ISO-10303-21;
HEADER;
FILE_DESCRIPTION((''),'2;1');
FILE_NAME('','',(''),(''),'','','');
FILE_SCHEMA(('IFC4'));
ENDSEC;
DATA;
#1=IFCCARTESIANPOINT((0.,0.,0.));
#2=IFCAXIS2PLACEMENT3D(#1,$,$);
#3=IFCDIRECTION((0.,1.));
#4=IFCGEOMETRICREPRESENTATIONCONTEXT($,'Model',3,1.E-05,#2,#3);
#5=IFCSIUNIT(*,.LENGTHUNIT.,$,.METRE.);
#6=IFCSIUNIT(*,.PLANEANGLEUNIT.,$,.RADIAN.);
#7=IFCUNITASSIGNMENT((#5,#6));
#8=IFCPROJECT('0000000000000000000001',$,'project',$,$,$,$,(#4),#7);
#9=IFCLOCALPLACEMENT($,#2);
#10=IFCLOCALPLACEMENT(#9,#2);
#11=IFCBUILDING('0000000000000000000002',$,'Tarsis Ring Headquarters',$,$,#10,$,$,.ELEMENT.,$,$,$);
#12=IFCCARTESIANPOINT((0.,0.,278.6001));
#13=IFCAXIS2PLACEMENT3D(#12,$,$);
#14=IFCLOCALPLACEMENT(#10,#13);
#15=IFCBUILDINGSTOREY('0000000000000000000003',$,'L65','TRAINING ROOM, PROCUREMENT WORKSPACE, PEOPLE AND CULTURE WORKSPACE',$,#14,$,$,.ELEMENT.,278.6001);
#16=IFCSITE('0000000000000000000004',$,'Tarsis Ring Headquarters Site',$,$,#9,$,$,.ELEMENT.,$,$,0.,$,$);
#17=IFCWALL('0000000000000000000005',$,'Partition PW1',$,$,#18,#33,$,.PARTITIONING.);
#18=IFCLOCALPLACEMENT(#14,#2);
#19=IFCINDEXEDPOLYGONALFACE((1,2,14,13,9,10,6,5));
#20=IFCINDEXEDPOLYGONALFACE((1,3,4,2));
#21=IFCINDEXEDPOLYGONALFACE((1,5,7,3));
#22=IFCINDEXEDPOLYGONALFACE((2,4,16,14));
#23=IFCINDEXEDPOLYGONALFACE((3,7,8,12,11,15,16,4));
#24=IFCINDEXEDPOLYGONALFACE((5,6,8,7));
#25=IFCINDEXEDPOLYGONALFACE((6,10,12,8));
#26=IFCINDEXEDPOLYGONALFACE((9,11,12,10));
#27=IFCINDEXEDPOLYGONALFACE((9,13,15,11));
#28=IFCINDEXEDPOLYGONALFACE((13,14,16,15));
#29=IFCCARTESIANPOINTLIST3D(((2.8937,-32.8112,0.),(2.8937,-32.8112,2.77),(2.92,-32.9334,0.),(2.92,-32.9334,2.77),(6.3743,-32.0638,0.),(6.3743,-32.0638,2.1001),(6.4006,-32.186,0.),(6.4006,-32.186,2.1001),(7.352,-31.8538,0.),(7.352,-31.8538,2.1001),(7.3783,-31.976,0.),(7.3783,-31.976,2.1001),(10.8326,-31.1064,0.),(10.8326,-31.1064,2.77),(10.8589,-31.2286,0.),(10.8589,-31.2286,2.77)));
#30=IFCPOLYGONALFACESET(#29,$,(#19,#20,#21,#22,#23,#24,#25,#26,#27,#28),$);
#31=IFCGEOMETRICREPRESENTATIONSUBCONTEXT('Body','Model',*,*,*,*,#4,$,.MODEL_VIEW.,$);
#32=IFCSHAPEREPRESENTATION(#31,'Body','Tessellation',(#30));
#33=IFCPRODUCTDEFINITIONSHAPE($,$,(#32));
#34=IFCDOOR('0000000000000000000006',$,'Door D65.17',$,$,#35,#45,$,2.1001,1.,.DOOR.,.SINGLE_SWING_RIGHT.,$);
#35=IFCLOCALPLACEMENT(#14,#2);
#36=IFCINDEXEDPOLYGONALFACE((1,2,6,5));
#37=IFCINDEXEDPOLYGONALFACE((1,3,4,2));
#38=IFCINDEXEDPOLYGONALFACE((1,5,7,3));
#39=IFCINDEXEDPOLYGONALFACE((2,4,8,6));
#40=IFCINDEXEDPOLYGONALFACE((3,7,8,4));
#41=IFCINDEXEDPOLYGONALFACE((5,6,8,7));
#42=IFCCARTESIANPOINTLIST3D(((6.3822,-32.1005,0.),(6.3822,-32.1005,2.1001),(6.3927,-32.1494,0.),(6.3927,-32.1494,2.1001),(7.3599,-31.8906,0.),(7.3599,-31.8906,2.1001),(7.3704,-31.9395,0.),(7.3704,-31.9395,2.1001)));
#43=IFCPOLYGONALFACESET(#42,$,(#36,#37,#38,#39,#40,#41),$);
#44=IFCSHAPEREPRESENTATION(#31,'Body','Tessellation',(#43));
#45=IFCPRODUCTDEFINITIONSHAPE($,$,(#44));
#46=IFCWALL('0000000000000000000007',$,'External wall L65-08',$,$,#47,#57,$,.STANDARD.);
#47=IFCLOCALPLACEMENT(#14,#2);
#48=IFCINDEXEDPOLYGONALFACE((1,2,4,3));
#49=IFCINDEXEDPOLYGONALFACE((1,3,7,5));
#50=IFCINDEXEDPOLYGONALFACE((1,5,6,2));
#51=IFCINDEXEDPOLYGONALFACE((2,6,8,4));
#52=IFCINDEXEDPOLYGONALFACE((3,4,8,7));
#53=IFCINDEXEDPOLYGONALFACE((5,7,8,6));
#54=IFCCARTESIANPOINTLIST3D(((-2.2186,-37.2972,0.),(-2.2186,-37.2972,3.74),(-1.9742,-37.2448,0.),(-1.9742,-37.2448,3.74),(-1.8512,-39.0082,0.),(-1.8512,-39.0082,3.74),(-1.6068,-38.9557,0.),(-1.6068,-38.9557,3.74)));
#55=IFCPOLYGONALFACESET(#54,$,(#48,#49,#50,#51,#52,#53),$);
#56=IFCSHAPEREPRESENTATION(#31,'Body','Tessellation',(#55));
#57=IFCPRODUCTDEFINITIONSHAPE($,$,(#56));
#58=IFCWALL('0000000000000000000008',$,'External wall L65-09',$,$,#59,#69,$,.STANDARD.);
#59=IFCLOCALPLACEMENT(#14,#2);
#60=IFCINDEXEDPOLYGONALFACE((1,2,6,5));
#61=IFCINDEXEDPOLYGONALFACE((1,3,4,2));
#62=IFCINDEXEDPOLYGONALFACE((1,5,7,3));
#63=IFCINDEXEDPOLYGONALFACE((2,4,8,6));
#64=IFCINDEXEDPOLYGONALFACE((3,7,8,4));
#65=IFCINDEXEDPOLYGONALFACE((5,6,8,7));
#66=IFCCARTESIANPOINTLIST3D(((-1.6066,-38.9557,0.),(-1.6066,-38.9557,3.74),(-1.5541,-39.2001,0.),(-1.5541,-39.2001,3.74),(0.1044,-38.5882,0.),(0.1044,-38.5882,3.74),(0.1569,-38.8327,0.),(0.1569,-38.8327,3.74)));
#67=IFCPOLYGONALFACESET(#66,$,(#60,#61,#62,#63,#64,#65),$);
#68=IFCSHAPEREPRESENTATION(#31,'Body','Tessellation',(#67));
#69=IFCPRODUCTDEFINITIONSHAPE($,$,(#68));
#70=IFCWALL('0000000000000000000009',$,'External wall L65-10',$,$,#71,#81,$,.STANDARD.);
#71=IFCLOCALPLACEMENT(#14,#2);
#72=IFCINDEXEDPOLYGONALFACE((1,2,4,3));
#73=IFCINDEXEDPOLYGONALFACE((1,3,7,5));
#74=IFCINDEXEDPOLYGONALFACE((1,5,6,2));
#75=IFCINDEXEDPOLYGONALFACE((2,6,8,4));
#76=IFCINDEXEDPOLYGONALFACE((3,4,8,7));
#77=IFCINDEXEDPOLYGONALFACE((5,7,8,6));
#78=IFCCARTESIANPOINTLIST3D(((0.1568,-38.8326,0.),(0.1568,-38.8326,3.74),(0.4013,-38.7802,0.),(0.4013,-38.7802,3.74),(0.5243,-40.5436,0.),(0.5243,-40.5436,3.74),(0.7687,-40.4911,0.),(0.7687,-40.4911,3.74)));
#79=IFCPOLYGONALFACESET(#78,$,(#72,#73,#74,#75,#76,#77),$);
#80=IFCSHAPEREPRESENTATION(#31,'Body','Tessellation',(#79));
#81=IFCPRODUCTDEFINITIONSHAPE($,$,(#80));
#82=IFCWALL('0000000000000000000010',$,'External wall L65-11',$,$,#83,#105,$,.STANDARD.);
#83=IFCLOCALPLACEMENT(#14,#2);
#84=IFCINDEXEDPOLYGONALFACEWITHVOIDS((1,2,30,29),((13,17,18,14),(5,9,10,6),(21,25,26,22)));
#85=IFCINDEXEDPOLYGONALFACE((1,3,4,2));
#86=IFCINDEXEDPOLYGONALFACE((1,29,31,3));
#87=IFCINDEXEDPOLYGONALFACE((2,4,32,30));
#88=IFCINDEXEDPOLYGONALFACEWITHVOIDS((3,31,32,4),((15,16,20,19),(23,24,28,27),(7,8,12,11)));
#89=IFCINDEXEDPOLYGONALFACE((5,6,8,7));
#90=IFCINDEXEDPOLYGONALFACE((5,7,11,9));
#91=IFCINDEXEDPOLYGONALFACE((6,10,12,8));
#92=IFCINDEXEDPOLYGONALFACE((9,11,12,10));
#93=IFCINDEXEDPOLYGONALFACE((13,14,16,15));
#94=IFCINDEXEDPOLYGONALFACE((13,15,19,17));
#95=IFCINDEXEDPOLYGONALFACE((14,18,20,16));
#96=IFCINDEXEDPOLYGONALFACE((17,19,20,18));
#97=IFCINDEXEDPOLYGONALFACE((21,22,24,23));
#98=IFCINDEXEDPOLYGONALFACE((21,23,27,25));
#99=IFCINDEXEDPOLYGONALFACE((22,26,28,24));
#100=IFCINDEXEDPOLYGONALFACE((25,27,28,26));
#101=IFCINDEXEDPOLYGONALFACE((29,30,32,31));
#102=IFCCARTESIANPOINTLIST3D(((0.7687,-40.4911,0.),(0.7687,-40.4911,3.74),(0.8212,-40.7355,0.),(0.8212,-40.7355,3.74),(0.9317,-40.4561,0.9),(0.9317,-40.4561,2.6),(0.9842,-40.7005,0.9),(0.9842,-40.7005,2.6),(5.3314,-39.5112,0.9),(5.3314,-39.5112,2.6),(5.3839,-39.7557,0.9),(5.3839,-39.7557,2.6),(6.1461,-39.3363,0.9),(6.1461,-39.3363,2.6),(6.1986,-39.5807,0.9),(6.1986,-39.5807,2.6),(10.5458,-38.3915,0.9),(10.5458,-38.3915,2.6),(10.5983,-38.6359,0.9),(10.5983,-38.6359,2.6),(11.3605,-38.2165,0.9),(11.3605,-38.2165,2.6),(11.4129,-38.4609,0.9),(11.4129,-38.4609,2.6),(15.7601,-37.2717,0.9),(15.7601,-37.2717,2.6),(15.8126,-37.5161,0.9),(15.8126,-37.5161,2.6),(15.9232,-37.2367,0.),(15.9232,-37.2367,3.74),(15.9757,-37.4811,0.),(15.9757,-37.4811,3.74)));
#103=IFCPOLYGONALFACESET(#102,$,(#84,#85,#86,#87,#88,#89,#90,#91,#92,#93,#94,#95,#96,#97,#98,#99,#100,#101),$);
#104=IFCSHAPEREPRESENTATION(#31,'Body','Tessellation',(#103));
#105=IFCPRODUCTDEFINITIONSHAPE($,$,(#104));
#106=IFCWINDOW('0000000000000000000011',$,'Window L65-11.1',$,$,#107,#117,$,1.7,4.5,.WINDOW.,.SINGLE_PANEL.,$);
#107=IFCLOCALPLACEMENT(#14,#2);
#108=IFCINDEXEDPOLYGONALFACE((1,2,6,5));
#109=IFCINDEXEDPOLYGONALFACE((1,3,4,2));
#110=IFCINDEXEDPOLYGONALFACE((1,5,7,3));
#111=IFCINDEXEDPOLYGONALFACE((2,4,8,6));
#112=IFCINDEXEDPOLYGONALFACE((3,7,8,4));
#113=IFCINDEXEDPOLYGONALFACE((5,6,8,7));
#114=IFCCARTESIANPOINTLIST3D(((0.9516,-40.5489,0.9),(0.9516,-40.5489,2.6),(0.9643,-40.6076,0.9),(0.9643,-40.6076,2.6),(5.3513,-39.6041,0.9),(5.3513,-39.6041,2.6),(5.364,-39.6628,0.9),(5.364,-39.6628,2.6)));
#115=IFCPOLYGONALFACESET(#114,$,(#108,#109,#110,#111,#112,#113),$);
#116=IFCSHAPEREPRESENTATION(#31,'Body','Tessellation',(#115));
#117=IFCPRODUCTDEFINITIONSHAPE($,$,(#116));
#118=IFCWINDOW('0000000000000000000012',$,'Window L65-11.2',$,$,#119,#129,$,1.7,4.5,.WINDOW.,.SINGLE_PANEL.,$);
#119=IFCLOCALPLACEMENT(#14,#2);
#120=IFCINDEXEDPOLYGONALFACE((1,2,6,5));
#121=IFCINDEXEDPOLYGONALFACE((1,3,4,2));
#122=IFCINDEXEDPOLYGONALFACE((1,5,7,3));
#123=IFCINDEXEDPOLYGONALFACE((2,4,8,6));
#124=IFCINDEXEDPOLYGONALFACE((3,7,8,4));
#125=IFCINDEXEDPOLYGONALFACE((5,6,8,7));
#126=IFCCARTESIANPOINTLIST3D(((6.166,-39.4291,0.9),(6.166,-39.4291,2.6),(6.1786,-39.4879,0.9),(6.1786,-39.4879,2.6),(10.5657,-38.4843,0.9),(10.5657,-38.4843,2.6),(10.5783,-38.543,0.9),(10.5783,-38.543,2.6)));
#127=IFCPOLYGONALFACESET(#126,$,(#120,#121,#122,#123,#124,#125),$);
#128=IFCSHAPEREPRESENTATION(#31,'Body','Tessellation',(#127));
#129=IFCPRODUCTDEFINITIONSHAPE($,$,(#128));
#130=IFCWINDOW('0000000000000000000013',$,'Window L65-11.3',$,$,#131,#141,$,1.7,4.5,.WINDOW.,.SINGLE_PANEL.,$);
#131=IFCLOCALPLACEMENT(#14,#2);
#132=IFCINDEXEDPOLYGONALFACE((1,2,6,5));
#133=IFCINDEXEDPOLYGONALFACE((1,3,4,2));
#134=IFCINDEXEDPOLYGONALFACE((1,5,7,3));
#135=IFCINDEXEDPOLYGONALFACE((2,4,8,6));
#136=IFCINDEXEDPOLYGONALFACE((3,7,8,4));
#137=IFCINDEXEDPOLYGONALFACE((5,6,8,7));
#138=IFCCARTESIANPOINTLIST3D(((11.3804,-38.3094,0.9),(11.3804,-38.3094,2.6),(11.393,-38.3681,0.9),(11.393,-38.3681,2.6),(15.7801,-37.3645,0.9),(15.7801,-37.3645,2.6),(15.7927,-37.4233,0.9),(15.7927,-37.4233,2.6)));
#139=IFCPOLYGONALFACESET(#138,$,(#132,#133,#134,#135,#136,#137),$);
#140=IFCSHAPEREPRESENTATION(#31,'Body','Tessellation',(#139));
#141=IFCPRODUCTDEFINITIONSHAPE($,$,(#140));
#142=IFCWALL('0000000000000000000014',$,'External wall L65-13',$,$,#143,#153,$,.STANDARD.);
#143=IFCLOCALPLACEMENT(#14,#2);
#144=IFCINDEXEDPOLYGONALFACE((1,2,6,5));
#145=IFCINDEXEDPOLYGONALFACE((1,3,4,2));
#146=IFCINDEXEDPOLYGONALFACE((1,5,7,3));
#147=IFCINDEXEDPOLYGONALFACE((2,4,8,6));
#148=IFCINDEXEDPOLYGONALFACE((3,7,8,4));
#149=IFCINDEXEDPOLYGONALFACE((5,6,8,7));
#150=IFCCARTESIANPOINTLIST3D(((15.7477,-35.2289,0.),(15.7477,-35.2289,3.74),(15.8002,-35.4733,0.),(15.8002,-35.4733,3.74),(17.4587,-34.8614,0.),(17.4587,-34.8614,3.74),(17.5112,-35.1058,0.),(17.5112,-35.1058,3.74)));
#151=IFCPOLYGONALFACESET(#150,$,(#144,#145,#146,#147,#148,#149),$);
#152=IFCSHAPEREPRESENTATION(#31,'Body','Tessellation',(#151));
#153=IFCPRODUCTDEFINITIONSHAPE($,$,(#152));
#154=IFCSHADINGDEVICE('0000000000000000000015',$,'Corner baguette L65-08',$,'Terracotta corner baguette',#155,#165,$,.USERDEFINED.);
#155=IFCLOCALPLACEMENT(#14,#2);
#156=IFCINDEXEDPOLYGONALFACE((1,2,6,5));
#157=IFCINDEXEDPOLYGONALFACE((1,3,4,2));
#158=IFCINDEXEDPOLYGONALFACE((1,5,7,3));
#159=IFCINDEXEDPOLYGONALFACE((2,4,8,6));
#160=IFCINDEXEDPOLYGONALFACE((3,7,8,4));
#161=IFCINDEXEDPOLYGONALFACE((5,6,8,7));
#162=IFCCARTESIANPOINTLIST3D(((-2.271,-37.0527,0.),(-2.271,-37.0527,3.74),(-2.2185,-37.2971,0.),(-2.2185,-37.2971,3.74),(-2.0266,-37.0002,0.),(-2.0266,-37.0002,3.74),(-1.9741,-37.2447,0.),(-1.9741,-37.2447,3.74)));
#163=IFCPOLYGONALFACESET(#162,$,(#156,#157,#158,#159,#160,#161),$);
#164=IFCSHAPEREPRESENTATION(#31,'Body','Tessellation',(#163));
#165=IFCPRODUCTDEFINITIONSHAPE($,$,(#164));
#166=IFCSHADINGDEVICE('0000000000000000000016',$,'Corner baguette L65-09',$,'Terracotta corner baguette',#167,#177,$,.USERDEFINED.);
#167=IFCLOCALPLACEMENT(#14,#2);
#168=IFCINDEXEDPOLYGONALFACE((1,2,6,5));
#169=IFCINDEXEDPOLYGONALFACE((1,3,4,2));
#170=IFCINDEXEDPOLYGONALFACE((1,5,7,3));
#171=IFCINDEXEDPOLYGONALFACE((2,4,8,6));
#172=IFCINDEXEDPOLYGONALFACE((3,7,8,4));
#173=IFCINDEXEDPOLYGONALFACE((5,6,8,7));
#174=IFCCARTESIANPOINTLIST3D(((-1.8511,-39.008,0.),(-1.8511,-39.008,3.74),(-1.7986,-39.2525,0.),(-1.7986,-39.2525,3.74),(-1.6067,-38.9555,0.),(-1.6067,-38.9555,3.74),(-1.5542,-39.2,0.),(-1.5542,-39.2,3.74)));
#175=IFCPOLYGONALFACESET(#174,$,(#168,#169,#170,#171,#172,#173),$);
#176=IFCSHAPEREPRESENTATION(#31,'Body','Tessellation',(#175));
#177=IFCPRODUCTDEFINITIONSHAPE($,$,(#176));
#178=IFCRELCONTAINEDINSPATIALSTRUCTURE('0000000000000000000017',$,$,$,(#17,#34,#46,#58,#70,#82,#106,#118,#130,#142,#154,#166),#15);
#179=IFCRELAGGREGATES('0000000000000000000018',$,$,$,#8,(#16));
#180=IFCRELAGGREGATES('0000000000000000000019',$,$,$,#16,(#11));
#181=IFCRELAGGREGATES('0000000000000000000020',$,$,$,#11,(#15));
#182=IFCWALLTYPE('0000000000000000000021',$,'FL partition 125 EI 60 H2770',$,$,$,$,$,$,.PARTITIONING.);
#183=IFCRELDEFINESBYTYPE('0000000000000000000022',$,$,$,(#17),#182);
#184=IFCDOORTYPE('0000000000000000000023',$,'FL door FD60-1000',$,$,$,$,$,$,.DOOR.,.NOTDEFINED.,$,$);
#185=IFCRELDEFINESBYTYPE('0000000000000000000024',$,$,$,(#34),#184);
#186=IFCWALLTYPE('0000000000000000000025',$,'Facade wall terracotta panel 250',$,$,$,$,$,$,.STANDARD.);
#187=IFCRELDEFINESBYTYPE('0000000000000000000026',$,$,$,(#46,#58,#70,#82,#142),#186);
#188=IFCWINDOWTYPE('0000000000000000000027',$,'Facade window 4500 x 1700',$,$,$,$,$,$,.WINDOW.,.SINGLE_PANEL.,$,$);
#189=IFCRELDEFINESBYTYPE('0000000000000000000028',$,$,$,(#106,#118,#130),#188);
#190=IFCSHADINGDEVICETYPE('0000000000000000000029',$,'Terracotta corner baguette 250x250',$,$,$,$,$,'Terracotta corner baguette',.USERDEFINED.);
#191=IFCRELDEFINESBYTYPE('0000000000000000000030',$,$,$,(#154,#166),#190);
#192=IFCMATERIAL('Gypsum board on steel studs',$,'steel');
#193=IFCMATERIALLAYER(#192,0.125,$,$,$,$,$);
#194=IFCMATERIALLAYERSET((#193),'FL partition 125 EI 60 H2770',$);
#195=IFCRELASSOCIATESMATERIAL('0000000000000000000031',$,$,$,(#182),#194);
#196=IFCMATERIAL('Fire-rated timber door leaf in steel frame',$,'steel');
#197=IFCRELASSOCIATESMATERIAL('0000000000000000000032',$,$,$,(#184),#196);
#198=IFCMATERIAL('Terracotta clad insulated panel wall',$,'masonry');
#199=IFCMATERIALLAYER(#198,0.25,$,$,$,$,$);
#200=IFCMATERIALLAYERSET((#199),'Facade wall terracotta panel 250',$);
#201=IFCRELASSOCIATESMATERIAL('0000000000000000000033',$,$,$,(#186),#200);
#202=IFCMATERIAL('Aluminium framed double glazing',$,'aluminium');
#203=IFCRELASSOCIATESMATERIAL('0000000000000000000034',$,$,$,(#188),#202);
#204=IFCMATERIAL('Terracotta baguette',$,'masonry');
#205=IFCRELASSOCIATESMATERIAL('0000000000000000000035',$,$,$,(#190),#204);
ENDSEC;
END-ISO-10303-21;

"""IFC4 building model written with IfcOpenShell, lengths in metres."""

from ifc_helpers import new_model, si_unit, direction, frame, frame_2d, origin, origin_2d, place, context, subcontext, project, spatial, rectangle, extrude, material, layer, layer_set, type_object, element, fill, save


model = new_model("IFC4")

# Units and contexts
model_context = context("Model", 3, precision=1e-05, world=origin(), true_north=direction((0.0, 1.0)))
body_context = subcontext(model_context, "Body", "Model", "MODEL_VIEW")
ifc_project = project(units=[si_unit("LENGTHUNIT", "METRE"), si_unit("PLANEANGLEUNIT", "RADIAN")], contexts=[model_context])

# Site, building, storey
site_placement = place(None, origin())
site = spatial("IfcSite", under=ifc_project, at=site_placement, Name="Tarsis Ring Headquarters Site", CompositionType="ELEMENT", RefElevation=0.0)
building_placement = place(site_placement, origin())
building = spatial("IfcBuilding", under=site, at=building_placement, Name="Tarsis Ring Headquarters", CompositionType="ELEMENT")
storey_placement = place(building_placement, frame((0.0, 0.0, 278.6001)))
storey = spatial("IfcBuildingStorey", under=building, at=storey_placement, Name="L65", Description="TRAINING ROOM, PROCUREMENT WORKSPACE, PEOPLE AND CULTURE WORKSPACE", CompositionType="ELEMENT", Elevation=278.6001)

# Shared definitions
ifc_material_1 = material(Name="Gypsum board on steel studs", Category="steel")

# Shared definitions
ifc_layer_1 = layer(ifc_material_1, 0.125)
ifc_layer_set_1 = layer_set([ifc_layer_1], Name="FL partition 125 EI 60 H2770")
wall_type_1 = type_object("IfcWallType", Name="FL partition 125 EI 60 H2770", PredefinedType="PARTITIONING", material=ifc_layer_set_1)
ifc_material_2 = material(Name="Fire-rated timber door leaf in steel frame", Category="steel")
door_type = type_object("IfcDoorType", Name="FL door FD60-1000", OperationType="NOTDEFINED", PredefinedType="DOOR", material=ifc_material_2)

# Wall, opening, door
wall_1_placement = place(storey_placement, frame((2.9067, -32.8723, 0.0), z_axis=(0.0, 0.0, 1.0), x_axis=(0.977711, 0.209956, 0.0)))
wall_1 = element("IfcWall", 1, at=wall_1_placement, inside=storey, type_object=wall_type_1, Name="Partition PW1", PredefinedType="PARTITIONING", context=body_context, shape_type="SweptSolid", body=[
    extrude(rectangle(XDim=8.1199, YDim=0.125, at=frame_2d((4.0601, 0.0))), origin(), (0.0, 0.0, 1.0), 2.77),
])
opening_1_placement = place(wall_1_placement, frame((3.5601, 0.0, 0.0)))
opening_1 = element("IfcOpeningElement", 2, at=opening_1_placement, cuts=wall_1, PredefinedType="OPENING", context=body_context, shape_type="SweptSolid", body=[
    extrude(rectangle(XDim=1.0, YDim=2.1001, at=frame_2d((0.5, 1.05))), frame((0.0, 0.0725, 0.0), z_axis=(0.0, -1.0, 0.0), x_axis=(1.0, 0.0, 0.0)), (0.0, 0.0, 1.0), 0.145),
])
door_1_placement = place(opening_1_placement, origin())
door_1 = element("IfcDoor", 3, at=door_1_placement, inside=storey, type_object=door_type, Name="Door D65.17", OperationType="SINGLE_SWING_RIGHT", OverallHeight=2.1001, OverallWidth=1.0, PredefinedType="DOOR", context=body_context, shape_type="SweptSolid", body=[
    extrude(rectangle(XDim=1.0, YDim=2.1001, at=frame_2d((0.5, 1.05))), frame((0.0, 0.0249, 0.0), z_axis=(0.0, -1.0, 0.0), x_axis=(1.0, 0.0, 0.0)), (0.0, 0.0, 1.0), 0.05),
])
fill(opening_1, door_1)

# Walls
ifc_material_3 = material(Name="Terracotta clad insulated panel wall", Category="masonry")
ifc_layer_2 = layer(ifc_material_3, 0.25)
ifc_layer_set_2 = layer_set([ifc_layer_2], Name="Facade wall terracotta panel 250")
wall_type_2 = type_object("IfcWallType", Name="Facade wall terracotta panel 250", PredefinedType="STANDARD", material=ifc_layer_set_2)
for number, where, z_axis, x_axis, name in (
    (4, (-2.0964, -37.271, 0.0), (0.0, 0.0, 1.0), (0.209967, -0.977708, 0.0), "External wall L65-08"),
    (5, (-1.5803, -39.0779, 0.0), (0.0, 0.0, 1.0), (0.977708, 0.209967, 0.0), "External wall L65-09"),
    (6, (0.2791, -38.8064, 0.0), (0.0, 0.0, 1.0), (0.209967, -0.977708, 0.0), "External wall L65-10"),
):
    element("IfcWall", number, at=place(storey_placement, frame(where, z_axis=z_axis, x_axis=x_axis)), inside=storey, type_object=wall_type_2, Name=name, PredefinedType="STANDARD", context=body_context, shape_type="SweptSolid", body=[
        extrude(rectangle(XDim=1.75, YDim=0.25, at=frame_2d((0.875, 0.0))), origin(), (0.0, 0.0, 1.0), 3.74),
    ])

# Wall, openings, windows
wall_2_placement = place(storey_placement, frame((0.7949, -40.6133, 0.0), z_axis=(0.0, 0.0, 1.0), x_axis=(0.97771, 0.20996, 0.0)))
wall_2 = element("IfcWall", 7, at=wall_2_placement, inside=storey, type_object=wall_type_2, Name="External wall L65-11", PredefinedType="STANDARD", context=body_context, shape_type="SweptSolid", body=[
    extrude(rectangle(XDim=15.5, YDim=0.25, at=frame_2d((7.75, 0.0))), origin(), (0.0, 0.0, 1.0), 3.74),
])
opening_2_placement = place(wall_2_placement, frame((0.1667, 0.0, 0.8999)))
opening_2 = element("IfcOpeningElement", 8, at=opening_2_placement, cuts=wall_2, PredefinedType="OPENING", context=body_context, shape_type="SweptSolid", body=[
    extrude(rectangle(XDim=4.5, YDim=1.7, at=frame_2d((2.25, 0.8501))), frame((0.0, 0.135, 0.0), z_axis=(0.0, -1.0, 0.0), x_axis=(1.0, 0.0, 0.0)), (0.0, 0.0, 1.0), 0.27),
])
opening_3_placement = place(wall_2_placement, frame((5.5, 0.0, 0.8999)))
opening_3 = element("IfcOpeningElement", 9, at=opening_3_placement, cuts=wall_2, PredefinedType="OPENING", context=body_context, shape_type="SweptSolid", body=[
    extrude(rectangle(XDim=4.5, YDim=1.7, at=frame_2d((2.25, 0.8501))), frame((0.0, 0.135, 0.0), z_axis=(0.0, -1.0, 0.0), x_axis=(1.0, 0.0, 0.0)), (0.0, 0.0, 1.0), 0.27),
])
opening_4_placement = place(wall_2_placement, frame((10.8333, 0.0, 0.8999)))
opening_4 = element("IfcOpeningElement", 10, at=opening_4_placement, cuts=wall_2, PredefinedType="OPENING", context=body_context, shape_type="SweptSolid", body=[
    extrude(rectangle(XDim=4.5, YDim=1.7, at=frame_2d((2.25, 0.8501))), frame((0.0, 0.135, 0.0), z_axis=(0.0, -1.0, 0.0), x_axis=(1.0, 0.0, 0.0)), (0.0, 0.0, 1.0), 0.27),
])
ifc_material_4 = material(Name="Aluminium framed double glazing", Category="aluminium")
window_type = type_object("IfcWindowType", Name="Facade window 4500 x 1700", PartitioningType="SINGLE_PANEL", PredefinedType="WINDOW", material=ifc_material_4)
window_1_placement = place(opening_2_placement, origin())
window_1 = element("IfcWindow", 11, at=window_1_placement, inside=storey, type_object=window_type, Name="Window L65-11.1", OverallHeight=1.7, OverallWidth=4.5, PartitioningType="SINGLE_PANEL", PredefinedType="WINDOW", context=body_context, shape_type="SweptSolid", body=[
    extrude(rectangle(XDim=4.5, YDim=1.7, at=frame_2d((2.25, 0.8501))), frame((0.0, 0.03, 0.0), z_axis=(0.0, -1.0, 0.0), x_axis=(1.0, 0.0, 0.0)), (0.0, 0.0, 1.0), 0.0601),
])
fill(opening_2, window_1)
window_2_placement = place(opening_3_placement, origin())
window_2 = element("IfcWindow", 12, at=window_2_placement, inside=storey, type_object=window_type, Name="Window L65-11.2", OverallHeight=1.7, OverallWidth=4.5, PartitioningType="SINGLE_PANEL", PredefinedType="WINDOW", context=body_context, shape_type="SweptSolid", body=[
    extrude(rectangle(XDim=4.5, YDim=1.7, at=frame_2d((2.25, 0.8501))), frame((0.0, 0.03, 0.0), z_axis=(0.0, -1.0, 0.0), x_axis=(1.0, 0.0, 0.0)), (0.0, 0.0, 1.0), 0.0601),
])
fill(opening_3, window_2)
window_3_placement = place(opening_4_placement, origin())
window_3 = element("IfcWindow", 13, at=window_3_placement, inside=storey, type_object=window_type, Name="Window L65-11.3", OverallHeight=1.7, OverallWidth=4.5, PartitioningType="SINGLE_PANEL", PredefinedType="WINDOW", context=body_context, shape_type="SweptSolid", body=[
    extrude(rectangle(XDim=4.5, YDim=1.7, at=frame_2d((2.25, 0.8501))), frame((0.0, 0.03, 0.0), z_axis=(0.0, -1.0, 0.0), x_axis=(1.0, 0.0, 0.0)), (0.0, 0.0, 1.0), 0.0601),
])
fill(opening_4, window_3)

# Wall
wall_3_placement = place(storey_placement, frame((15.7739, -35.3511, 0.0), z_axis=(0.0, 0.0, 1.0), x_axis=(0.977708, 0.209967, 0.0)))
element("IfcWall", 14, at=wall_3_placement, inside=storey, type_object=wall_type_2, Name="External wall L65-13", PredefinedType="STANDARD", context=body_context, shape_type="SweptSolid", body=[
    extrude(rectangle(XDim=1.75, YDim=0.25, at=frame_2d((0.875, 0.0))), origin(), (0.0, 0.0, 1.0), 3.74),
])

# Shading devices
ifc_material_5 = material(Name="Terracotta baguette", Category="masonry")
shading_device_type_1 = type_object("IfcShadingDeviceType", Name="Terracotta corner baguette 250x250", ElementType="Terracotta corner baguette", PredefinedType="USERDEFINED", material=ifc_material_5)
for number, where, z_axis, x_axis, name in (
    (15, (-2.1226, -37.1487, 0.0), (0.0, 0.0, 1.0), (0.97771, 0.20996, 0.0), "Corner baguette L65-08"),
    (16, (-1.7026, -39.104, 0.0), (0.0, 0.0, 1.0), (0.20996, -0.97771, 0.0), "Corner baguette L65-09"),
):
    element("IfcShadingDevice", number, at=place(storey_placement, frame(where, z_axis=z_axis, x_axis=x_axis)), inside=storey, type_object=shading_device_type_1, Name=name, ObjectType="Terracotta corner baguette", PredefinedType="USERDEFINED", context=body_context, shape_type="SweptSolid", body=[
        extrude(rectangle(XDim=0.25, YDim=0.25, at=origin_2d()), origin(), (0.0, 0.0, 1.0), 3.74),
    ])

save(model, "model.ifc")
